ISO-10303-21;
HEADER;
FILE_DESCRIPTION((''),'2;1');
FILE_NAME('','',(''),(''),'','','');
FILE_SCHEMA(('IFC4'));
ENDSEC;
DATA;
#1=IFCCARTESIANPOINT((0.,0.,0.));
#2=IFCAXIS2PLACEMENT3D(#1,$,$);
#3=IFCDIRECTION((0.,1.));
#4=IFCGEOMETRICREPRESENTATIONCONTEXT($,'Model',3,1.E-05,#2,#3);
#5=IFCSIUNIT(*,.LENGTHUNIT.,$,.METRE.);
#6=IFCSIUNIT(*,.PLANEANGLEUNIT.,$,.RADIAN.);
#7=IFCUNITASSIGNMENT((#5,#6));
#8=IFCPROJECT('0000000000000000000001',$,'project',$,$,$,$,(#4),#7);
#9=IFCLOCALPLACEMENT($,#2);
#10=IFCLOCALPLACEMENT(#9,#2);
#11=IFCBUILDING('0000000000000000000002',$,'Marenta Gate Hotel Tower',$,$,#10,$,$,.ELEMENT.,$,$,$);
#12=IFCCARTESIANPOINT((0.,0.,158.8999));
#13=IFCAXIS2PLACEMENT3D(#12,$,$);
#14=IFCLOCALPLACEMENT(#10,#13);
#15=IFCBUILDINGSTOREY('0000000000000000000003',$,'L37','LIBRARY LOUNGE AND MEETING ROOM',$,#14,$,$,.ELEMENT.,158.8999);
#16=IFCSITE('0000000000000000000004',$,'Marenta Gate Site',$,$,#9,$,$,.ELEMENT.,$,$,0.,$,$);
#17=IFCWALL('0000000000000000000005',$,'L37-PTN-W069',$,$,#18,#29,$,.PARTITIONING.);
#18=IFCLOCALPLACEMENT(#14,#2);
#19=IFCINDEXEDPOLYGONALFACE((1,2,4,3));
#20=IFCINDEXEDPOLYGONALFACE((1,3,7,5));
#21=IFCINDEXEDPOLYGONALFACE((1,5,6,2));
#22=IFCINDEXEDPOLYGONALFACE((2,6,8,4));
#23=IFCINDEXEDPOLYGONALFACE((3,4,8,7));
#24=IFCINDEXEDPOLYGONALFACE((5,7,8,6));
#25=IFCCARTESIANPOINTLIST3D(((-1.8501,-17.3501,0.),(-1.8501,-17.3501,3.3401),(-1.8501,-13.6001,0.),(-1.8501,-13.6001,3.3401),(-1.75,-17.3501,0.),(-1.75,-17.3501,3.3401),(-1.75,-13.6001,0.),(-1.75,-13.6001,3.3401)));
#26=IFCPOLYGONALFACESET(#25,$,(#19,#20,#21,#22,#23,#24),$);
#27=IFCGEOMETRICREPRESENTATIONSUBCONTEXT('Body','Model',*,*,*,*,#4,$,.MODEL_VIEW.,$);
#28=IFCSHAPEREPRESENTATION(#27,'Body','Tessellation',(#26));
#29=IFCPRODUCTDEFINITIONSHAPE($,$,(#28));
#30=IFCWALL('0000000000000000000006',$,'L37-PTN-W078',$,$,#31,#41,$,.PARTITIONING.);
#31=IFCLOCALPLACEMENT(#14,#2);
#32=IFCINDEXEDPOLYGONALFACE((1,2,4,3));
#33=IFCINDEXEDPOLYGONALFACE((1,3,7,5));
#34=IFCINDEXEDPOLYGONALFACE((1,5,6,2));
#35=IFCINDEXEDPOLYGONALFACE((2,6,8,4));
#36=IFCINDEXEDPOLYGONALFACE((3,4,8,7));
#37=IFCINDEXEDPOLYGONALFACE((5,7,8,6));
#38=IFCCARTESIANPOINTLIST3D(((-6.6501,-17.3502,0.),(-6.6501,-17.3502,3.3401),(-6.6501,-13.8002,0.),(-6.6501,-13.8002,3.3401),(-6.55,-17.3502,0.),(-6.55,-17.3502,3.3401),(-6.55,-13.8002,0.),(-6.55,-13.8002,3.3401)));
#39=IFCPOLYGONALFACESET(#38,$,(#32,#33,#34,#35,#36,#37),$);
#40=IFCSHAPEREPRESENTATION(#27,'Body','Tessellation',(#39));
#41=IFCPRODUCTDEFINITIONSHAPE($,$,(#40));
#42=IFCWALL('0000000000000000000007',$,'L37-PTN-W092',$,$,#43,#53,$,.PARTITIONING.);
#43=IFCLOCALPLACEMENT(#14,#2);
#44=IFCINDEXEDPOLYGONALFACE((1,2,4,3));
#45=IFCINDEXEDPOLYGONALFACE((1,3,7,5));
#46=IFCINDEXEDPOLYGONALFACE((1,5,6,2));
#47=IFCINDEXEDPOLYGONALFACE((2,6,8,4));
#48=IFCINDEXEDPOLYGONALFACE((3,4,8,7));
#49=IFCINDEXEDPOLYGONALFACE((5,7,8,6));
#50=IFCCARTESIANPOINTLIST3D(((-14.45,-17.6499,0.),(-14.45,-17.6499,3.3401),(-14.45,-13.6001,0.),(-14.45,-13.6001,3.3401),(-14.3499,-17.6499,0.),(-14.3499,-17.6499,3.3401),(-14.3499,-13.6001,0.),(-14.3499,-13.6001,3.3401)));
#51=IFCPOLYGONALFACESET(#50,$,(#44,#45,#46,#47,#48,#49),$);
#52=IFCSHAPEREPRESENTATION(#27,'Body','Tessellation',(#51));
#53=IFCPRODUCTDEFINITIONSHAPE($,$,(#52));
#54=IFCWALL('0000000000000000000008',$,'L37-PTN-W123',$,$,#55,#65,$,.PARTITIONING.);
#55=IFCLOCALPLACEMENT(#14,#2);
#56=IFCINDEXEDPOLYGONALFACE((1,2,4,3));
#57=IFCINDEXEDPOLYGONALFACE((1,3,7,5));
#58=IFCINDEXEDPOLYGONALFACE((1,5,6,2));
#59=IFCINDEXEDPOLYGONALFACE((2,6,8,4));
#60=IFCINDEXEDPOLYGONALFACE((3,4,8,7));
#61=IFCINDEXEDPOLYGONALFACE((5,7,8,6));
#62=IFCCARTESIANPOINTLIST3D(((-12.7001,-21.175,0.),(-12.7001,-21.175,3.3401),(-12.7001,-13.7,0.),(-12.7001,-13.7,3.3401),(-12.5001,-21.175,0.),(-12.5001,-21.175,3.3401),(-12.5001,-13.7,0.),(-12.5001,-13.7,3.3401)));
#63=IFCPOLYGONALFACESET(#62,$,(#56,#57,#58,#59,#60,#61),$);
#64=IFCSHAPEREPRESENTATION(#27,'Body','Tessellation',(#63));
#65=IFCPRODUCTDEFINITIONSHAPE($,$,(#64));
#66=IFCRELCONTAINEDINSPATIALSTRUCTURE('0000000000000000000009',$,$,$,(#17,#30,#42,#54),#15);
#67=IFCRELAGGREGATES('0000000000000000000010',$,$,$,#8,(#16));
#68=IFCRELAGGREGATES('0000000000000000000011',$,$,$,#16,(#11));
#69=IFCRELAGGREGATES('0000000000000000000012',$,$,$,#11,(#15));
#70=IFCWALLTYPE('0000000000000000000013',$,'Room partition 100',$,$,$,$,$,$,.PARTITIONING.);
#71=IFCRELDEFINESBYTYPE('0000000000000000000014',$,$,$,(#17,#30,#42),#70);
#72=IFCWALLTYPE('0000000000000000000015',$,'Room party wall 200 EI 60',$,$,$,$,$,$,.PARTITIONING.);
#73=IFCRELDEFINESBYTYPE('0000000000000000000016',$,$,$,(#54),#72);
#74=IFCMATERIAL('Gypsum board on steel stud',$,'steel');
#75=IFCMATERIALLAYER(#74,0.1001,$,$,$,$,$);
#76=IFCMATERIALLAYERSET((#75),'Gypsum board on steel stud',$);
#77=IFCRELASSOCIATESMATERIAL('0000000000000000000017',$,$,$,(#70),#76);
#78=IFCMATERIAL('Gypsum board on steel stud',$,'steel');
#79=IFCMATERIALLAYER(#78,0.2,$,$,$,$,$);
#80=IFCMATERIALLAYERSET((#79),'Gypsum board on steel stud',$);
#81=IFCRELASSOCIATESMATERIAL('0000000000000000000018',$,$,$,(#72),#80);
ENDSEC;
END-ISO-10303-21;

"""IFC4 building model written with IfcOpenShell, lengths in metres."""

from ifc_helpers import new_model, si_unit, direction, frame, frame_2d, origin, place, context, subcontext, project, spatial, rectangle, extrude, material, layer, layer_set, type_object, element, save


model = new_model("IFC4")

# Units and contexts
model_context = context("Model", 3, precision=1e-05, world=origin(), true_north=direction((0.0, 1.0)))
body_context = subcontext(model_context, "Body", "Model", "MODEL_VIEW")
ifc_project = project(units=[si_unit("LENGTHUNIT", "METRE"), si_unit("PLANEANGLEUNIT", "RADIAN")], contexts=[model_context])

# Site, building, storey
site_placement = place(None, origin())
site = spatial("IfcSite", under=ifc_project, at=site_placement, Name="Marenta Gate Site", CompositionType="ELEMENT", RefElevation=0.0)
building_placement = place(site_placement, origin())
building = spatial("IfcBuilding", under=site, at=building_placement, Name="Marenta Gate Hotel Tower", CompositionType="ELEMENT")
storey_placement = place(building_placement, frame((0.0, 0.0, 158.8999)))
storey = spatial("IfcBuildingStorey", under=building, at=storey_placement, Name="L37", Description="LIBRARY LOUNGE AND MEETING ROOM", CompositionType="ELEMENT", Elevation=158.8999)

# Shared definitions
ifc_material_1 = material(Name="Gypsum board on steel stud", Category="steel")
ifc_layer_1 = layer(ifc_material_1, 0.1001)
ifc_layer_set_1 = layer_set([ifc_layer_1], Name="Gypsum board on steel stud")
wall_type_1 = type_object("IfcWallType", Name="Room partition 100", PredefinedType="PARTITIONING", material=ifc_layer_set_1)

# Walls
wall_1_placement = place(storey_placement, frame((-1.8, -17.3501, 0.0), z_axis=(0.0, 0.0, 1.0), x_axis=(0.0, 1.0, 0.0)))
element("IfcWall", 1, at=wall_1_placement, inside=storey, type_object=wall_type_1, Name="L37-PTN-W069", PredefinedType="PARTITIONING", context=body_context, shape_type="SweptSolid", body=[
    extrude(rectangle(XDim=3.75, YDim=0.1001, at=frame_2d((1.875, 0.0))), origin(), (0.0, 0.0, 1.0), 3.3401),
])
wall_2_placement = place(storey_placement, frame((-6.6001, -17.3501, 0.0), z_axis=(0.0, 0.0, 1.0), x_axis=(0.0, 1.0, 0.0)))
element("IfcWall", 2, at=wall_2_placement, inside=storey, type_object=wall_type_1, Name="L37-PTN-W078", PredefinedType="PARTITIONING", context=body_context, shape_type="SweptSolid", body=[
    extrude(rectangle(XDim=3.55, YDim=0.1001, at=frame_2d((1.7749, 0.0))), origin(), (0.0, 0.0, 1.0), 3.3401),
])
wall_3_placement = place(storey_placement, frame((-14.3999, -17.6499, 0.0), z_axis=(0.0, 0.0, 1.0), x_axis=(0.0, 1.0, 0.0)))
element("IfcWall", 3, at=wall_3_placement, inside=storey, type_object=wall_type_1, Name="L37-PTN-W092", PredefinedType="PARTITIONING", context=body_context, shape_type="SweptSolid", body=[
    extrude(rectangle(XDim=4.0498, YDim=0.1001, at=frame_2d((2.0249, 0.0))), origin(), (0.0, 0.0, 1.0), 3.3401),
])
ifc_material_2 = material(Name="Gypsum board on steel stud", Category="steel")
ifc_layer_2 = layer(ifc_material_2, 0.2)
ifc_layer_set_2 = layer_set([ifc_layer_2], Name="Gypsum board on steel stud")
wall_type_2 = type_object("IfcWallType", Name="Room party wall 200 EI 60", PredefinedType="PARTITIONING", material=ifc_layer_set_2)
wall_4_placement = place(storey_placement, frame((-12.6001, -21.175, 0.0), z_axis=(0.0, 0.0, 1.0), x_axis=(0.0, 1.0, 0.0)))
element("IfcWall", 4, at=wall_4_placement, inside=storey, type_object=wall_type_2, Name="L37-PTN-W123", PredefinedType="PARTITIONING", context=body_context, shape_type="SweptSolid", body=[
    extrude(rectangle(XDim=7.4751, YDim=0.2, at=frame_2d((3.7375, 0.0))), origin(), (0.0, 0.0, 1.0), 3.3401),
])

save(model, "model.ifc")
